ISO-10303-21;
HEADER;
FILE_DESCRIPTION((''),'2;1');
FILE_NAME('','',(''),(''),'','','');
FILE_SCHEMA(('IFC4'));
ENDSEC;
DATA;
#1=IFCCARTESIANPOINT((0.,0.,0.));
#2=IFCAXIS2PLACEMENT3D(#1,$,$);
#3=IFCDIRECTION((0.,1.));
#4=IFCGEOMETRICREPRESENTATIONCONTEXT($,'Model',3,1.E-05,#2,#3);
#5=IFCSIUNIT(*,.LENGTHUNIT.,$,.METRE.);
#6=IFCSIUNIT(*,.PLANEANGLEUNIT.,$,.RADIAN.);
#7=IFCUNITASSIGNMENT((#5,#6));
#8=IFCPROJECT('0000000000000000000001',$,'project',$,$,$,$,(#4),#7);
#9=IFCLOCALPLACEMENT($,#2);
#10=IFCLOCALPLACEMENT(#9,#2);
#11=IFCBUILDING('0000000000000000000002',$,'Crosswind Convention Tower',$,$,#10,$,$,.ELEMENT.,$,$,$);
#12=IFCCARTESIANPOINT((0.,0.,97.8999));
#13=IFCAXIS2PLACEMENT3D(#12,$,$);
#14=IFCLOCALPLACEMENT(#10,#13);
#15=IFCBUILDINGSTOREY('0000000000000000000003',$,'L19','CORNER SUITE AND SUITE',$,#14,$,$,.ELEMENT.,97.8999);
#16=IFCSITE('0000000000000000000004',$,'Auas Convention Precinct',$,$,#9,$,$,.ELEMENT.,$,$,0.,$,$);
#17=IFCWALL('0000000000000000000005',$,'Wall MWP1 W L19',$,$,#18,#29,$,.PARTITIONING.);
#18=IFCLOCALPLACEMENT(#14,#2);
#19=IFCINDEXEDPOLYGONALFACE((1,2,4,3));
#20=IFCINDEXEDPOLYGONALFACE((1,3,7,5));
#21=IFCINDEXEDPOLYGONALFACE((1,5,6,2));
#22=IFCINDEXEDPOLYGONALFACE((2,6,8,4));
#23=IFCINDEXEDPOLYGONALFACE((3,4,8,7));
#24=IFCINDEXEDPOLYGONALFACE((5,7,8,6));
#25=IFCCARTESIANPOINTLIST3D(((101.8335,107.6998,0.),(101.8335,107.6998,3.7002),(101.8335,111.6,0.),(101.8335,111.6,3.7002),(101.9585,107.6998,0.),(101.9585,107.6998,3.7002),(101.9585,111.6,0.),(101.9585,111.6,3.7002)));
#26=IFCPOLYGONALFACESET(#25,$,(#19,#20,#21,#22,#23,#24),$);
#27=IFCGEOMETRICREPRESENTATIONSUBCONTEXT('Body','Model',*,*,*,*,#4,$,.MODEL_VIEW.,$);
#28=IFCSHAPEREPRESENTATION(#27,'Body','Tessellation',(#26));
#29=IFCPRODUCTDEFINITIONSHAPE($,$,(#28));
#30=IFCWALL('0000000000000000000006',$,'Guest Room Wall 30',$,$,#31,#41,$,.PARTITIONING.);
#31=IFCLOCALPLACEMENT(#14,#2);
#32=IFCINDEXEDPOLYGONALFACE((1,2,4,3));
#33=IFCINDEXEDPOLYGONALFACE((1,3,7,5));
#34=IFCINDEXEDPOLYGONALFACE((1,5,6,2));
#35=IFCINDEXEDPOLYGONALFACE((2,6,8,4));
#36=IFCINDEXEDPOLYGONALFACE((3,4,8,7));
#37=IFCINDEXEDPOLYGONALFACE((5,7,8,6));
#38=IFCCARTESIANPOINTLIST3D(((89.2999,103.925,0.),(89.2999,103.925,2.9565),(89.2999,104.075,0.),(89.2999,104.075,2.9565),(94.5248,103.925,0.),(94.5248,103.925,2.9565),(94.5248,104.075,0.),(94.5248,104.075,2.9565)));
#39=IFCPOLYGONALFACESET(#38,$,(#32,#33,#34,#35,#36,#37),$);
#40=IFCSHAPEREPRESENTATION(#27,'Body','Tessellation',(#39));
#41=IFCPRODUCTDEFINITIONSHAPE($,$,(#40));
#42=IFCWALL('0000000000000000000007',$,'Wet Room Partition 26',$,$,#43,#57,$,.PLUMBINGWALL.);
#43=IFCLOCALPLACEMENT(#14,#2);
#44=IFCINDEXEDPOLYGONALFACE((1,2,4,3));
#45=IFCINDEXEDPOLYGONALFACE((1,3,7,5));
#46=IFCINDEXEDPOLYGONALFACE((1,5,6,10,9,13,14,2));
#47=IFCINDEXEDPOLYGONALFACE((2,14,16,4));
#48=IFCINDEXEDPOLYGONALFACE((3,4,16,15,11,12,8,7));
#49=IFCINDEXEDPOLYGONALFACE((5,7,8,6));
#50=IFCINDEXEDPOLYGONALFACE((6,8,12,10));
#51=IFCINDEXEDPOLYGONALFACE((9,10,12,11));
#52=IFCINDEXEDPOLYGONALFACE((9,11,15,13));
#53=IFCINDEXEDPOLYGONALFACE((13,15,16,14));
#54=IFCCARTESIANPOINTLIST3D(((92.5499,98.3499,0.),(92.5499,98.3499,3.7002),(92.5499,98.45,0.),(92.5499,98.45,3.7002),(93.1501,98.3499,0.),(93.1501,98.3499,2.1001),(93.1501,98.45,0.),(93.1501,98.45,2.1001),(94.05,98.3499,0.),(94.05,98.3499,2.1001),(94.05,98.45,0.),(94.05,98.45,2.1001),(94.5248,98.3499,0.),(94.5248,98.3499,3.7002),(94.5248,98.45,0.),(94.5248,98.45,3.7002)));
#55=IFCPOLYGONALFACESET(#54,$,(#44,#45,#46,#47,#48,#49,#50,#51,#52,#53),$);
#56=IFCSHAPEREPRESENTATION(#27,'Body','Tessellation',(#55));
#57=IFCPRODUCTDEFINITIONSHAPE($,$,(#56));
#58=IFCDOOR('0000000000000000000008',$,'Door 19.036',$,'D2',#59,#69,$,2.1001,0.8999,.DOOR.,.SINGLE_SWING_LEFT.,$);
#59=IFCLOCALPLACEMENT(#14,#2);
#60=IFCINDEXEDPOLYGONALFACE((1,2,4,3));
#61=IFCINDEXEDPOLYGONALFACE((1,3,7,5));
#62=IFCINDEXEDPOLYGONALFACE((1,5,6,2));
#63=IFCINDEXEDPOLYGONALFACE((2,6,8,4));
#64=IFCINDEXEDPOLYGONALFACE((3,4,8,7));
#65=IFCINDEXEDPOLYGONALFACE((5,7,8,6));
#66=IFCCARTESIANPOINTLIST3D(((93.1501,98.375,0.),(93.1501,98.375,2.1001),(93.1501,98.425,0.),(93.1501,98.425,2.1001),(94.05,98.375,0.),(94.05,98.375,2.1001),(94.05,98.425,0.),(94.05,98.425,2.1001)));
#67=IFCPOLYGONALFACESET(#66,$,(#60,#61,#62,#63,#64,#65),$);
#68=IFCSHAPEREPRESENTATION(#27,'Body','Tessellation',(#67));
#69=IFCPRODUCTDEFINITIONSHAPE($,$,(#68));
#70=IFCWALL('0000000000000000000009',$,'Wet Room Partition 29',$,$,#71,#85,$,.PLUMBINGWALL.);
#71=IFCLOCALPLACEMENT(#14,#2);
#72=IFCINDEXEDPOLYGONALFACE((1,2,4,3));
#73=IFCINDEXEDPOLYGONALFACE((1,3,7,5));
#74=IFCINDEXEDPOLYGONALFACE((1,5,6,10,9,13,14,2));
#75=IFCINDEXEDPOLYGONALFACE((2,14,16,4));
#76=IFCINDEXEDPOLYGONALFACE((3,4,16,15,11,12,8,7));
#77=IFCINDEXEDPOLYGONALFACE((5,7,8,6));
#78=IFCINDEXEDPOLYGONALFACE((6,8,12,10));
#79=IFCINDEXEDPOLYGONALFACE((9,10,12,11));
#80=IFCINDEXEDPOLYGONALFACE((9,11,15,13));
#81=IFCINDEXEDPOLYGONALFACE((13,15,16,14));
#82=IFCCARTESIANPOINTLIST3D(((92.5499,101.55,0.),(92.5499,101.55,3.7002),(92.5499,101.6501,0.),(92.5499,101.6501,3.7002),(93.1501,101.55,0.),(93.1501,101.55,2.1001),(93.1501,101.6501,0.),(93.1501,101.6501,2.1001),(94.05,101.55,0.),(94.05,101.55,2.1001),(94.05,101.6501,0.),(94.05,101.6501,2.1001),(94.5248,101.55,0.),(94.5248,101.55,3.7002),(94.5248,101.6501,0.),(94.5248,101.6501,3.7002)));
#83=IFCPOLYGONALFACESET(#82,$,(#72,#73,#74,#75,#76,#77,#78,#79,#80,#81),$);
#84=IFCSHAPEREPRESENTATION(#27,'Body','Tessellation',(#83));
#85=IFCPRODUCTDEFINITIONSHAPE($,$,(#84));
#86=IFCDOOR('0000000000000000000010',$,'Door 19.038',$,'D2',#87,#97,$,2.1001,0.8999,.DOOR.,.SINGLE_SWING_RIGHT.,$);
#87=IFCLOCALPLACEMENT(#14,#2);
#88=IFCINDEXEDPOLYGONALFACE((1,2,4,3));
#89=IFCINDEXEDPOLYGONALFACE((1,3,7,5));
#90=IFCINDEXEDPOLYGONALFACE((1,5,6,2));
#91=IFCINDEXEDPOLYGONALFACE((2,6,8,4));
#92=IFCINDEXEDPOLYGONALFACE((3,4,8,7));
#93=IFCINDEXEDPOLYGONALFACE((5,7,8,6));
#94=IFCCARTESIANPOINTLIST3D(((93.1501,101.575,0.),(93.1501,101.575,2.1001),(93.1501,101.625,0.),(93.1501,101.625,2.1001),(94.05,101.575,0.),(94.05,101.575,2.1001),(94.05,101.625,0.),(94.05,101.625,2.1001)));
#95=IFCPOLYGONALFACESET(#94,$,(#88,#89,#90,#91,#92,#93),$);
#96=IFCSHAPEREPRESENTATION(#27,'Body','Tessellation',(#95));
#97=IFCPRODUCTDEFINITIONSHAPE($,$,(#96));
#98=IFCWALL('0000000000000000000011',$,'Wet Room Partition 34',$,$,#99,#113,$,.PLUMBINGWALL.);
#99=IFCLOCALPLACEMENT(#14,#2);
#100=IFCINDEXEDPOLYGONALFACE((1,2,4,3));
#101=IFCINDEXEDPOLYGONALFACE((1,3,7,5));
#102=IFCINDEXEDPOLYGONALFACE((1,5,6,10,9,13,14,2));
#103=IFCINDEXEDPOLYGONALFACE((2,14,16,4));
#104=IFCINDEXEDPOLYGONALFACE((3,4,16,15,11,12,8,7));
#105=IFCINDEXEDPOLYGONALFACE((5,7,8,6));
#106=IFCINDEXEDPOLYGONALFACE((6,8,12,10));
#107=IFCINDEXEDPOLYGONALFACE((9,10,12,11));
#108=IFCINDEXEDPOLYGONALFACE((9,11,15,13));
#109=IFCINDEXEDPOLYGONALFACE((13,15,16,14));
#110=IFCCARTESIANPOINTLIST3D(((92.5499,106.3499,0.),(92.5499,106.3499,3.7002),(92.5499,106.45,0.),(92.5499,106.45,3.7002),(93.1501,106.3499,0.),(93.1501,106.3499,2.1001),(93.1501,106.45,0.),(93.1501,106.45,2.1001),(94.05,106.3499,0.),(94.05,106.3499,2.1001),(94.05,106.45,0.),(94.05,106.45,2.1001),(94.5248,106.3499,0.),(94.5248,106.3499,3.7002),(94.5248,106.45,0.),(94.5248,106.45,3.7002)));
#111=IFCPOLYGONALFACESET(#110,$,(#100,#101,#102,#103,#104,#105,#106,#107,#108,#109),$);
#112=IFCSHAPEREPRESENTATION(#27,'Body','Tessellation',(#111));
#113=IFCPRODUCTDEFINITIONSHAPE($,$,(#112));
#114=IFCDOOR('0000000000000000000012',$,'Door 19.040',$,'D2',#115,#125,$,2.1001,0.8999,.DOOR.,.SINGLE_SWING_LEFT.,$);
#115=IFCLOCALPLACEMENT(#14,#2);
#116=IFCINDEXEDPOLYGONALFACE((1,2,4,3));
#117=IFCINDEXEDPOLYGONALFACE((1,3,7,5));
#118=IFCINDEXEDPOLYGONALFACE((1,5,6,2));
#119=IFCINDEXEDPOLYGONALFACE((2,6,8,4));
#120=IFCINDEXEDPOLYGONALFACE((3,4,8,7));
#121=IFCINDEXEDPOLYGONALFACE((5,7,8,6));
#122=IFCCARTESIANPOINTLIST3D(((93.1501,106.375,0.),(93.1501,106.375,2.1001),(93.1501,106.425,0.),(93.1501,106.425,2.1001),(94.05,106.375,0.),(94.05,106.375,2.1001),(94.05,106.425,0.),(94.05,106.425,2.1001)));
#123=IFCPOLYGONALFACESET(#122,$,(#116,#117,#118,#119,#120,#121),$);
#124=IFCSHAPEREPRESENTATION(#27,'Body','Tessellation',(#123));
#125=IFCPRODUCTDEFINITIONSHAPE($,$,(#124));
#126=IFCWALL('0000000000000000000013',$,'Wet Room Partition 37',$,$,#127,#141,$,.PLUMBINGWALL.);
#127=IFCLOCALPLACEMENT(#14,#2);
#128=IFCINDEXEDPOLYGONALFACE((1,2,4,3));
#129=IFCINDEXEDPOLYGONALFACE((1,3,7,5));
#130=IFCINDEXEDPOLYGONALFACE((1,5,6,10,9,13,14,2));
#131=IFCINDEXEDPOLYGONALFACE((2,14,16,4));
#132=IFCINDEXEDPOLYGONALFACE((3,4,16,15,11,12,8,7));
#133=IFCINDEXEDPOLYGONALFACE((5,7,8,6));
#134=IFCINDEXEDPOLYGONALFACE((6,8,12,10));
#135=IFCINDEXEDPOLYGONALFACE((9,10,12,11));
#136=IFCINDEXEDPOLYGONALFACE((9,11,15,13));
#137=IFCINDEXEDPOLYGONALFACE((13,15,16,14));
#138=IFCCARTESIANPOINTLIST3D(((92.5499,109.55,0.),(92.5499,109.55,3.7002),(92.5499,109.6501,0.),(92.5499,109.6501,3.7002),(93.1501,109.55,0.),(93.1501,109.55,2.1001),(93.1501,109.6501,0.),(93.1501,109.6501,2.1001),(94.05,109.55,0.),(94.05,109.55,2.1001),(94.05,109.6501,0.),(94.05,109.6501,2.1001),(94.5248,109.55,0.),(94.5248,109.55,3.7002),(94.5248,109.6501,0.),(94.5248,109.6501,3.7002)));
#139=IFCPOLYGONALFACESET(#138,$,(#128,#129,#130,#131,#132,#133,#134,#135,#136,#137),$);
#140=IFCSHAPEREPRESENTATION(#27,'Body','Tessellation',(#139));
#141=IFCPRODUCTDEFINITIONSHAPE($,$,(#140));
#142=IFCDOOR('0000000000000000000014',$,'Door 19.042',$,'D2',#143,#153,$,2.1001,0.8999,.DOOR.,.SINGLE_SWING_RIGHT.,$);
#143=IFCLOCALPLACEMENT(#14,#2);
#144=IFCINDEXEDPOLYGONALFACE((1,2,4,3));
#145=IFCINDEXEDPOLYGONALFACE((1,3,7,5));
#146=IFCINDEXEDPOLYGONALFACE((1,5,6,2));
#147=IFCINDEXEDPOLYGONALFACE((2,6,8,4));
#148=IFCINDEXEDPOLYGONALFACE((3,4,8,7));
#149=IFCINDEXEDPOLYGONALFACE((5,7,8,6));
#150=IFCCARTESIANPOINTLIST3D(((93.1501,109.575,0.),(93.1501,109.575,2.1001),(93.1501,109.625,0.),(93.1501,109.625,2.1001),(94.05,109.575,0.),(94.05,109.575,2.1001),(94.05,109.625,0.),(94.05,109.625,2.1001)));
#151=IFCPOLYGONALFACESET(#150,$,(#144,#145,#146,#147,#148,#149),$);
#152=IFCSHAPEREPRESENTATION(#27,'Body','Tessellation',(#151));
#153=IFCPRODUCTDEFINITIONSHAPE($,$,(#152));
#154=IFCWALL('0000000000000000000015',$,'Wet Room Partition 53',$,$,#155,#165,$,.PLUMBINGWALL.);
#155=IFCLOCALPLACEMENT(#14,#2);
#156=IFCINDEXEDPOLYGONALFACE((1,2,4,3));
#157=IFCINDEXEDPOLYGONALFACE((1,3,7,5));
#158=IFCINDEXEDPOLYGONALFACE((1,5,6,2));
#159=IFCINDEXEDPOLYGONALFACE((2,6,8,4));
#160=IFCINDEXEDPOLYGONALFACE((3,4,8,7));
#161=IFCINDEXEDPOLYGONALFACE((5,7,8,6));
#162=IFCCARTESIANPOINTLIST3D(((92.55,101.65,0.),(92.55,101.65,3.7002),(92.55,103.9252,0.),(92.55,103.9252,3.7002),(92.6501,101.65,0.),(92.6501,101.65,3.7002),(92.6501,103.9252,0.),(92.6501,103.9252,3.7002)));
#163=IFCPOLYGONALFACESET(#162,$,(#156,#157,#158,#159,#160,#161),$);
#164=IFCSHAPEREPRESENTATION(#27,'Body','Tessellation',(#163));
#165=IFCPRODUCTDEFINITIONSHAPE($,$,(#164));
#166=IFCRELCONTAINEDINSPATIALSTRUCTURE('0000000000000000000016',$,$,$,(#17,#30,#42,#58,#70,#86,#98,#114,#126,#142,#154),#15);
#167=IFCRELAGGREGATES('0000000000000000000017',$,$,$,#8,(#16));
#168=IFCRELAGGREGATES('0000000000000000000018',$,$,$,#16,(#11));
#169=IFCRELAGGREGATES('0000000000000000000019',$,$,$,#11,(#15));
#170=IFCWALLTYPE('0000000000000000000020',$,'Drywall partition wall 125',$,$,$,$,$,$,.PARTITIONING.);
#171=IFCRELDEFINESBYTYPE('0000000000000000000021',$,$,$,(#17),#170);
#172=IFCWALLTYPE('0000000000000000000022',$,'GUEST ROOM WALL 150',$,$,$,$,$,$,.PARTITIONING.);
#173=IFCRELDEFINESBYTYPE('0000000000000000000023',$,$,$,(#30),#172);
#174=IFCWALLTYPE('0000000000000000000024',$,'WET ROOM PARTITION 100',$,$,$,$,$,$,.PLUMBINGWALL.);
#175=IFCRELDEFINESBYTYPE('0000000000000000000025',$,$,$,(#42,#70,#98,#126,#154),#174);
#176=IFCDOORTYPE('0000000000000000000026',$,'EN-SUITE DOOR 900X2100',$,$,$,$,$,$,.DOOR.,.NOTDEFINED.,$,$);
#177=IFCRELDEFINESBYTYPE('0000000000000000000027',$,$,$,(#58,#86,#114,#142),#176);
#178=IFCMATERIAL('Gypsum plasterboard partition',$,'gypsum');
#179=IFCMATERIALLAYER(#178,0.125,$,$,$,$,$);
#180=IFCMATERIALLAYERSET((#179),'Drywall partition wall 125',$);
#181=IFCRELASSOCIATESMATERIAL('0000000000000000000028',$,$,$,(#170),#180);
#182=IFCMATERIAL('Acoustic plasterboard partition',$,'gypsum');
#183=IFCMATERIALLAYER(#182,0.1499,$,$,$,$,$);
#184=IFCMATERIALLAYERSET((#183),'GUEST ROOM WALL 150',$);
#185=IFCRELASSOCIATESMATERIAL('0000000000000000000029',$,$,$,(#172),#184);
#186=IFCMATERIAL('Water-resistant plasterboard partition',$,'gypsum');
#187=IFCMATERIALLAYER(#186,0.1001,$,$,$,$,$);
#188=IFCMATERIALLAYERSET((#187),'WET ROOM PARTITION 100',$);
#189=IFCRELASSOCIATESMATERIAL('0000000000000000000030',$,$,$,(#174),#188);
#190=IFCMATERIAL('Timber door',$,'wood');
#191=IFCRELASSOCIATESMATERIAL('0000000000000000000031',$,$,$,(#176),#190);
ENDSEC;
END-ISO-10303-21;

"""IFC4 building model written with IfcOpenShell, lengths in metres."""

from ifc_helpers import new_model, si_unit, direction, frame, frame_2d, origin, place, context, subcontext, project, spatial, rectangle, extrude, material, layer, layer_set, type_object, element, fill, save


model = new_model("IFC4")

# Units and contexts
model_context = context("Model", 3, precision=1e-05, world=origin(), true_north=direction((0.0, 1.0)))
body_context = subcontext(model_context, "Body", "Model", "MODEL_VIEW")
ifc_project = project(units=[si_unit("LENGTHUNIT", "METRE"), si_unit("PLANEANGLEUNIT", "RADIAN")], contexts=[model_context])

# Site, building, storey
site_placement = place(None, origin())
site = spatial("IfcSite", under=ifc_project, at=site_placement, Name="Auas Convention Precinct", CompositionType="ELEMENT", RefElevation=0.0)
building_placement = place(site_placement, origin())
building = spatial("IfcBuilding", under=site, at=building_placement, Name="Crosswind Convention Tower", CompositionType="ELEMENT")
storey_placement = place(building_placement, frame((0.0, 0.0, 97.8999)))
storey = spatial("IfcBuildingStorey", under=building, at=storey_placement, Name="L19", Description="CORNER SUITE AND SUITE", CompositionType="ELEMENT", Elevation=97.8999)

# Walls
ifc_material_1 = material(Name="Gypsum plasterboard partition", Category="gypsum")
ifc_layer_1 = layer(ifc_material_1, 0.125)
ifc_layer_set_1 = layer_set([ifc_layer_1], Name="Drywall partition wall 125")
wall_type_1 = type_object("IfcWallType", Name="Drywall partition wall 125", PredefinedType="PARTITIONING", material=ifc_layer_set_1)
wall_1_placement = place(storey_placement, frame((101.896, 111.6001, 0.0), z_axis=(0.0, 0.0, 1.0), x_axis=(0.0, -1.0, 0.0)))
element("IfcWall", 1, at=wall_1_placement, inside=storey, type_object=wall_type_1, Name="Wall MWP1 W L19", PredefinedType="PARTITIONING", context=body_context, shape_type="SweptSolid", body=[
    extrude(rectangle(XDim=3.9001, YDim=0.125, at=frame_2d((1.9502, 0.0))), origin(), (0.0, 0.0, 1.0), 3.7002),
])
ifc_material_2 = material(Name="Acoustic plasterboard partition", Category="gypsum")
ifc_layer_2 = layer(ifc_material_2, 0.1499)
ifc_layer_set_2 = layer_set([ifc_layer_2], Name="GUEST ROOM WALL 150")
wall_type_2 = type_object("IfcWallType", Name="GUEST ROOM WALL 150", PredefinedType="PARTITIONING", material=ifc_layer_set_2)
wall_2_placement = place(storey_placement, frame((89.3, 104.0, 0.0), z_axis=(0.0, 0.0, 1.0), x_axis=(1.0, 0.0, 0.0)))
element("IfcWall", 2, at=wall_2_placement, inside=storey, type_object=wall_type_2, Name="Guest Room Wall 30", PredefinedType="PARTITIONING", context=body_context, shape_type="SweptSolid", body=[
    extrude(rectangle(XDim=5.2249, YDim=0.1499, at=frame_2d((2.6123, 0.0))), origin(), (0.0, 0.0, 1.0), 2.9565),
])

# Walls, openings, doors
ifc_material_3 = material(Name="Water-resistant plasterboard partition", Category="gypsum")
ifc_layer_3 = layer(ifc_material_3, 0.1001)
ifc_layer_set_3 = layer_set([ifc_layer_3], Name="WET ROOM PARTITION 100")
wall_type_3 = type_object("IfcWallType", Name="WET ROOM PARTITION 100", PredefinedType="PLUMBINGWALL", material=ifc_layer_set_3)
wall_3_placement = place(storey_placement, frame((92.55, 98.3999, 0.0), z_axis=(0.0, 0.0, 1.0), x_axis=(1.0, 0.0, 0.0)))
wall_3 = element("IfcWall", 3, at=wall_3_placement, inside=storey, type_object=wall_type_3, Name="Wet Room Partition 26", PredefinedType="PLUMBINGWALL", context=body_context, shape_type="SweptSolid", body=[
    extrude(rectangle(XDim=1.9749, YDim=0.1001, at=frame_2d((0.9873, 0.0))), origin(), (0.0, 0.0, 1.0), 3.7002),
])
opening_1_placement = place(wall_3_placement, frame((0.6001, 0.0, 0.0)))
opening_1 = element("IfcOpeningElement", 4, at=opening_1_placement, cuts=wall_3, PredefinedType="OPENING", context=body_context, shape_type="SweptSolid", body=[
    extrude(rectangle(XDim=0.8999, YDim=2.1001, at=frame_2d((0.45, 1.05))), frame((0.0, 0.0601, 0.0), z_axis=(0.0, -1.0, 0.0), x_axis=(1.0, 0.0, 0.0)), (0.0, 0.0, 1.0), 0.1201),
])
ifc_material_4 = material(Name="Timber door", Category="wood")
door_type_1 = type_object("IfcDoorType", Name="EN-SUITE DOOR 900X2100", OperationType="NOTDEFINED", PredefinedType="DOOR", material=ifc_material_4)
door_1_placement = place(opening_1_placement, frame((0.8999, 0.0, 0.0), z_axis=(0.0, 0.0, 1.0), x_axis=(-1.0, 0.0, 0.0)))
door_1 = element("IfcDoor", 5, at=door_1_placement, inside=storey, type_object=door_type_1, Name="Door 19.036", ObjectType="D2", OperationType="SINGLE_SWING_LEFT", OverallHeight=2.1001, OverallWidth=0.8999, PredefinedType="DOOR", context=body_context, shape_type="SweptSolid", body=[
    extrude(rectangle(XDim=0.8999, YDim=2.1001, at=frame_2d((0.45, 1.05))), frame((0.0, 0.0249, 0.0), z_axis=(0.0, -1.0, 0.0), x_axis=(1.0, 0.0, 0.0)), (0.0, 0.0, 1.0), 0.05),
])
fill(opening_1, door_1)
wall_4_placement = place(storey_placement, frame((92.55, 101.6001, 0.0), z_axis=(0.0, 0.0, 1.0), x_axis=(1.0, 0.0, 0.0)))
wall_4 = element("IfcWall", 6, at=wall_4_placement, inside=storey, type_object=wall_type_3, Name="Wet Room Partition 29", PredefinedType="PLUMBINGWALL", context=body_context, shape_type="SweptSolid", body=[
    extrude(rectangle(XDim=1.9749, YDim=0.1001, at=frame_2d((0.9873, 0.0))), origin(), (0.0, 0.0, 1.0), 3.7002),
])
opening_2_placement = place(wall_4_placement, frame((0.6001, 0.0, 0.0)))
opening_2 = element("IfcOpeningElement", 7, at=opening_2_placement, cuts=wall_4, PredefinedType="OPENING", context=body_context, shape_type="SweptSolid", body=[
    extrude(rectangle(XDim=0.8999, YDim=2.1001, at=frame_2d((0.45, 1.05))), frame((0.0, 0.0601, 0.0), z_axis=(0.0, -1.0, 0.0), x_axis=(1.0, 0.0, 0.0)), (0.0, 0.0, 1.0), 0.1201),
])
door_2_placement = place(opening_2_placement, origin())
door_2 = element("IfcDoor", 8, at=door_2_placement, inside=storey, type_object=door_type_1, Name="Door 19.038", ObjectType="D2", OperationType="SINGLE_SWING_RIGHT", OverallHeight=2.1001, OverallWidth=0.8999, PredefinedType="DOOR", context=body_context, shape_type="SweptSolid", body=[
    extrude(rectangle(XDim=0.8999, YDim=2.1001, at=frame_2d((0.45, 1.05))), frame((0.0, 0.0249, 0.0), z_axis=(0.0, -1.0, 0.0), x_axis=(1.0, 0.0, 0.0)), (0.0, 0.0, 1.0), 0.05),
])
fill(opening_2, door_2)
wall_5_placement = place(storey_placement, frame((92.55, 106.3999, 0.0), z_axis=(0.0, 0.0, 1.0), x_axis=(1.0, 0.0, 0.0)))
wall_5 = element("IfcWall", 9, at=wall_5_placement, inside=storey, type_object=wall_type_3, Name="Wet Room Partition 34", PredefinedType="PLUMBINGWALL", context=body_context, shape_type="SweptSolid", body=[
    extrude(rectangle(XDim=1.9749, YDim=0.1001, at=frame_2d((0.9873, 0.0))), origin(), (0.0, 0.0, 1.0), 3.7002),
])
opening_3_placement = place(wall_5_placement, frame((0.6001, 0.0, 0.0)))
opening_3 = element("IfcOpeningElement", 10, at=opening_3_placement, cuts=wall_5, PredefinedType="OPENING", context=body_context, shape_type="SweptSolid", body=[
    extrude(rectangle(XDim=0.8999, YDim=2.1001, at=frame_2d((0.45, 1.05))), frame((0.0, 0.0601, 0.0), z_axis=(0.0, -1.0, 0.0), x_axis=(1.0, 0.0, 0.0)), (0.0, 0.0, 1.0), 0.1201),
])
door_3_placement = place(opening_3_placement, frame((0.8999, 0.0, 0.0), z_axis=(0.0, 0.0, 1.0), x_axis=(-1.0, 0.0, 0.0)))
door_3 = element("IfcDoor", 11, at=door_3_placement, inside=storey, type_object=door_type_1, Name="Door 19.040", ObjectType="D2", OperationType="SINGLE_SWING_LEFT", OverallHeight=2.1001, OverallWidth=0.8999, PredefinedType="DOOR", context=body_context, shape_type="SweptSolid", body=[
    extrude(rectangle(XDim=0.8999, YDim=2.1001, at=frame_2d((0.45, 1.05))), frame((0.0, 0.0249, 0.0), z_axis=(0.0, -1.0, 0.0), x_axis=(1.0, 0.0, 0.0)), (0.0, 0.0, 1.0), 0.05),
])
fill(opening_3, door_3)
wall_6_placement = place(storey_placement, frame((92.55, 109.6001, 0.0), z_axis=(0.0, 0.0, 1.0), x_axis=(1.0, 0.0, 0.0)))
wall_6 = element("IfcWall", 12, at=wall_6_placement, inside=storey, type_object=wall_type_3, Name="Wet Room Partition 37", PredefinedType="PLUMBINGWALL", context=body_context, shape_type="SweptSolid", body=[
    extrude(rectangle(XDim=1.9749, YDim=0.1001, at=frame_2d((0.9873, 0.0))), origin(), (0.0, 0.0, 1.0), 3.7002),
])
opening_4_placement = place(wall_6_placement, frame((0.6001, 0.0, 0.0)))
opening_4 = element("IfcOpeningElement", 13, at=opening_4_placement, cuts=wall_6, PredefinedType="OPENING", context=body_context, shape_type="SweptSolid", body=[
    extrude(rectangle(XDim=0.8999, YDim=2.1001, at=frame_2d((0.45, 1.05))), frame((0.0, 0.0601, 0.0), z_axis=(0.0, -1.0, 0.0), x_axis=(1.0, 0.0, 0.0)), (0.0, 0.0, 1.0), 0.1201),
])
door_4_placement = place(opening_4_placement, origin())
door_4 = element("IfcDoor", 14, at=door_4_placement, inside=storey, type_object=door_type_1, Name="Door 19.042", ObjectType="D2", OperationType="SINGLE_SWING_RIGHT", OverallHeight=2.1001, OverallWidth=0.8999, PredefinedType="DOOR", context=body_context, shape_type="SweptSolid", body=[
    extrude(rectangle(XDim=0.8999, YDim=2.1001, at=frame_2d((0.45, 1.05))), frame((0.0, 0.0249, 0.0), z_axis=(0.0, -1.0, 0.0), x_axis=(1.0, 0.0, 0.0)), (0.0, 0.0, 1.0), 0.05),
])
fill(opening_4, door_4)

# Wall
for number, where, z_axis, x_axis, name in (
    (15, (92.6001, 101.6499, 0.0), (0.0, 0.0, 1.0), (0.0, 1.0, 0.0), "Wet Room Partition 53"),
):
    element("IfcWall", number, at=place(storey_placement, frame(where, z_axis=z_axis, x_axis=x_axis)), inside=storey, type_object=wall_type_3, Name=name, PredefinedType="PLUMBINGWALL", context=body_context, shape_type="SweptSolid", body=[
        extrude(rectangle(XDim=2.2751, YDim=0.1001, at=frame_2d((1.1377, 0.0))), origin(), (0.0, 0.0, 1.0), 3.7002),
    ])

save(model, "model.ifc")
